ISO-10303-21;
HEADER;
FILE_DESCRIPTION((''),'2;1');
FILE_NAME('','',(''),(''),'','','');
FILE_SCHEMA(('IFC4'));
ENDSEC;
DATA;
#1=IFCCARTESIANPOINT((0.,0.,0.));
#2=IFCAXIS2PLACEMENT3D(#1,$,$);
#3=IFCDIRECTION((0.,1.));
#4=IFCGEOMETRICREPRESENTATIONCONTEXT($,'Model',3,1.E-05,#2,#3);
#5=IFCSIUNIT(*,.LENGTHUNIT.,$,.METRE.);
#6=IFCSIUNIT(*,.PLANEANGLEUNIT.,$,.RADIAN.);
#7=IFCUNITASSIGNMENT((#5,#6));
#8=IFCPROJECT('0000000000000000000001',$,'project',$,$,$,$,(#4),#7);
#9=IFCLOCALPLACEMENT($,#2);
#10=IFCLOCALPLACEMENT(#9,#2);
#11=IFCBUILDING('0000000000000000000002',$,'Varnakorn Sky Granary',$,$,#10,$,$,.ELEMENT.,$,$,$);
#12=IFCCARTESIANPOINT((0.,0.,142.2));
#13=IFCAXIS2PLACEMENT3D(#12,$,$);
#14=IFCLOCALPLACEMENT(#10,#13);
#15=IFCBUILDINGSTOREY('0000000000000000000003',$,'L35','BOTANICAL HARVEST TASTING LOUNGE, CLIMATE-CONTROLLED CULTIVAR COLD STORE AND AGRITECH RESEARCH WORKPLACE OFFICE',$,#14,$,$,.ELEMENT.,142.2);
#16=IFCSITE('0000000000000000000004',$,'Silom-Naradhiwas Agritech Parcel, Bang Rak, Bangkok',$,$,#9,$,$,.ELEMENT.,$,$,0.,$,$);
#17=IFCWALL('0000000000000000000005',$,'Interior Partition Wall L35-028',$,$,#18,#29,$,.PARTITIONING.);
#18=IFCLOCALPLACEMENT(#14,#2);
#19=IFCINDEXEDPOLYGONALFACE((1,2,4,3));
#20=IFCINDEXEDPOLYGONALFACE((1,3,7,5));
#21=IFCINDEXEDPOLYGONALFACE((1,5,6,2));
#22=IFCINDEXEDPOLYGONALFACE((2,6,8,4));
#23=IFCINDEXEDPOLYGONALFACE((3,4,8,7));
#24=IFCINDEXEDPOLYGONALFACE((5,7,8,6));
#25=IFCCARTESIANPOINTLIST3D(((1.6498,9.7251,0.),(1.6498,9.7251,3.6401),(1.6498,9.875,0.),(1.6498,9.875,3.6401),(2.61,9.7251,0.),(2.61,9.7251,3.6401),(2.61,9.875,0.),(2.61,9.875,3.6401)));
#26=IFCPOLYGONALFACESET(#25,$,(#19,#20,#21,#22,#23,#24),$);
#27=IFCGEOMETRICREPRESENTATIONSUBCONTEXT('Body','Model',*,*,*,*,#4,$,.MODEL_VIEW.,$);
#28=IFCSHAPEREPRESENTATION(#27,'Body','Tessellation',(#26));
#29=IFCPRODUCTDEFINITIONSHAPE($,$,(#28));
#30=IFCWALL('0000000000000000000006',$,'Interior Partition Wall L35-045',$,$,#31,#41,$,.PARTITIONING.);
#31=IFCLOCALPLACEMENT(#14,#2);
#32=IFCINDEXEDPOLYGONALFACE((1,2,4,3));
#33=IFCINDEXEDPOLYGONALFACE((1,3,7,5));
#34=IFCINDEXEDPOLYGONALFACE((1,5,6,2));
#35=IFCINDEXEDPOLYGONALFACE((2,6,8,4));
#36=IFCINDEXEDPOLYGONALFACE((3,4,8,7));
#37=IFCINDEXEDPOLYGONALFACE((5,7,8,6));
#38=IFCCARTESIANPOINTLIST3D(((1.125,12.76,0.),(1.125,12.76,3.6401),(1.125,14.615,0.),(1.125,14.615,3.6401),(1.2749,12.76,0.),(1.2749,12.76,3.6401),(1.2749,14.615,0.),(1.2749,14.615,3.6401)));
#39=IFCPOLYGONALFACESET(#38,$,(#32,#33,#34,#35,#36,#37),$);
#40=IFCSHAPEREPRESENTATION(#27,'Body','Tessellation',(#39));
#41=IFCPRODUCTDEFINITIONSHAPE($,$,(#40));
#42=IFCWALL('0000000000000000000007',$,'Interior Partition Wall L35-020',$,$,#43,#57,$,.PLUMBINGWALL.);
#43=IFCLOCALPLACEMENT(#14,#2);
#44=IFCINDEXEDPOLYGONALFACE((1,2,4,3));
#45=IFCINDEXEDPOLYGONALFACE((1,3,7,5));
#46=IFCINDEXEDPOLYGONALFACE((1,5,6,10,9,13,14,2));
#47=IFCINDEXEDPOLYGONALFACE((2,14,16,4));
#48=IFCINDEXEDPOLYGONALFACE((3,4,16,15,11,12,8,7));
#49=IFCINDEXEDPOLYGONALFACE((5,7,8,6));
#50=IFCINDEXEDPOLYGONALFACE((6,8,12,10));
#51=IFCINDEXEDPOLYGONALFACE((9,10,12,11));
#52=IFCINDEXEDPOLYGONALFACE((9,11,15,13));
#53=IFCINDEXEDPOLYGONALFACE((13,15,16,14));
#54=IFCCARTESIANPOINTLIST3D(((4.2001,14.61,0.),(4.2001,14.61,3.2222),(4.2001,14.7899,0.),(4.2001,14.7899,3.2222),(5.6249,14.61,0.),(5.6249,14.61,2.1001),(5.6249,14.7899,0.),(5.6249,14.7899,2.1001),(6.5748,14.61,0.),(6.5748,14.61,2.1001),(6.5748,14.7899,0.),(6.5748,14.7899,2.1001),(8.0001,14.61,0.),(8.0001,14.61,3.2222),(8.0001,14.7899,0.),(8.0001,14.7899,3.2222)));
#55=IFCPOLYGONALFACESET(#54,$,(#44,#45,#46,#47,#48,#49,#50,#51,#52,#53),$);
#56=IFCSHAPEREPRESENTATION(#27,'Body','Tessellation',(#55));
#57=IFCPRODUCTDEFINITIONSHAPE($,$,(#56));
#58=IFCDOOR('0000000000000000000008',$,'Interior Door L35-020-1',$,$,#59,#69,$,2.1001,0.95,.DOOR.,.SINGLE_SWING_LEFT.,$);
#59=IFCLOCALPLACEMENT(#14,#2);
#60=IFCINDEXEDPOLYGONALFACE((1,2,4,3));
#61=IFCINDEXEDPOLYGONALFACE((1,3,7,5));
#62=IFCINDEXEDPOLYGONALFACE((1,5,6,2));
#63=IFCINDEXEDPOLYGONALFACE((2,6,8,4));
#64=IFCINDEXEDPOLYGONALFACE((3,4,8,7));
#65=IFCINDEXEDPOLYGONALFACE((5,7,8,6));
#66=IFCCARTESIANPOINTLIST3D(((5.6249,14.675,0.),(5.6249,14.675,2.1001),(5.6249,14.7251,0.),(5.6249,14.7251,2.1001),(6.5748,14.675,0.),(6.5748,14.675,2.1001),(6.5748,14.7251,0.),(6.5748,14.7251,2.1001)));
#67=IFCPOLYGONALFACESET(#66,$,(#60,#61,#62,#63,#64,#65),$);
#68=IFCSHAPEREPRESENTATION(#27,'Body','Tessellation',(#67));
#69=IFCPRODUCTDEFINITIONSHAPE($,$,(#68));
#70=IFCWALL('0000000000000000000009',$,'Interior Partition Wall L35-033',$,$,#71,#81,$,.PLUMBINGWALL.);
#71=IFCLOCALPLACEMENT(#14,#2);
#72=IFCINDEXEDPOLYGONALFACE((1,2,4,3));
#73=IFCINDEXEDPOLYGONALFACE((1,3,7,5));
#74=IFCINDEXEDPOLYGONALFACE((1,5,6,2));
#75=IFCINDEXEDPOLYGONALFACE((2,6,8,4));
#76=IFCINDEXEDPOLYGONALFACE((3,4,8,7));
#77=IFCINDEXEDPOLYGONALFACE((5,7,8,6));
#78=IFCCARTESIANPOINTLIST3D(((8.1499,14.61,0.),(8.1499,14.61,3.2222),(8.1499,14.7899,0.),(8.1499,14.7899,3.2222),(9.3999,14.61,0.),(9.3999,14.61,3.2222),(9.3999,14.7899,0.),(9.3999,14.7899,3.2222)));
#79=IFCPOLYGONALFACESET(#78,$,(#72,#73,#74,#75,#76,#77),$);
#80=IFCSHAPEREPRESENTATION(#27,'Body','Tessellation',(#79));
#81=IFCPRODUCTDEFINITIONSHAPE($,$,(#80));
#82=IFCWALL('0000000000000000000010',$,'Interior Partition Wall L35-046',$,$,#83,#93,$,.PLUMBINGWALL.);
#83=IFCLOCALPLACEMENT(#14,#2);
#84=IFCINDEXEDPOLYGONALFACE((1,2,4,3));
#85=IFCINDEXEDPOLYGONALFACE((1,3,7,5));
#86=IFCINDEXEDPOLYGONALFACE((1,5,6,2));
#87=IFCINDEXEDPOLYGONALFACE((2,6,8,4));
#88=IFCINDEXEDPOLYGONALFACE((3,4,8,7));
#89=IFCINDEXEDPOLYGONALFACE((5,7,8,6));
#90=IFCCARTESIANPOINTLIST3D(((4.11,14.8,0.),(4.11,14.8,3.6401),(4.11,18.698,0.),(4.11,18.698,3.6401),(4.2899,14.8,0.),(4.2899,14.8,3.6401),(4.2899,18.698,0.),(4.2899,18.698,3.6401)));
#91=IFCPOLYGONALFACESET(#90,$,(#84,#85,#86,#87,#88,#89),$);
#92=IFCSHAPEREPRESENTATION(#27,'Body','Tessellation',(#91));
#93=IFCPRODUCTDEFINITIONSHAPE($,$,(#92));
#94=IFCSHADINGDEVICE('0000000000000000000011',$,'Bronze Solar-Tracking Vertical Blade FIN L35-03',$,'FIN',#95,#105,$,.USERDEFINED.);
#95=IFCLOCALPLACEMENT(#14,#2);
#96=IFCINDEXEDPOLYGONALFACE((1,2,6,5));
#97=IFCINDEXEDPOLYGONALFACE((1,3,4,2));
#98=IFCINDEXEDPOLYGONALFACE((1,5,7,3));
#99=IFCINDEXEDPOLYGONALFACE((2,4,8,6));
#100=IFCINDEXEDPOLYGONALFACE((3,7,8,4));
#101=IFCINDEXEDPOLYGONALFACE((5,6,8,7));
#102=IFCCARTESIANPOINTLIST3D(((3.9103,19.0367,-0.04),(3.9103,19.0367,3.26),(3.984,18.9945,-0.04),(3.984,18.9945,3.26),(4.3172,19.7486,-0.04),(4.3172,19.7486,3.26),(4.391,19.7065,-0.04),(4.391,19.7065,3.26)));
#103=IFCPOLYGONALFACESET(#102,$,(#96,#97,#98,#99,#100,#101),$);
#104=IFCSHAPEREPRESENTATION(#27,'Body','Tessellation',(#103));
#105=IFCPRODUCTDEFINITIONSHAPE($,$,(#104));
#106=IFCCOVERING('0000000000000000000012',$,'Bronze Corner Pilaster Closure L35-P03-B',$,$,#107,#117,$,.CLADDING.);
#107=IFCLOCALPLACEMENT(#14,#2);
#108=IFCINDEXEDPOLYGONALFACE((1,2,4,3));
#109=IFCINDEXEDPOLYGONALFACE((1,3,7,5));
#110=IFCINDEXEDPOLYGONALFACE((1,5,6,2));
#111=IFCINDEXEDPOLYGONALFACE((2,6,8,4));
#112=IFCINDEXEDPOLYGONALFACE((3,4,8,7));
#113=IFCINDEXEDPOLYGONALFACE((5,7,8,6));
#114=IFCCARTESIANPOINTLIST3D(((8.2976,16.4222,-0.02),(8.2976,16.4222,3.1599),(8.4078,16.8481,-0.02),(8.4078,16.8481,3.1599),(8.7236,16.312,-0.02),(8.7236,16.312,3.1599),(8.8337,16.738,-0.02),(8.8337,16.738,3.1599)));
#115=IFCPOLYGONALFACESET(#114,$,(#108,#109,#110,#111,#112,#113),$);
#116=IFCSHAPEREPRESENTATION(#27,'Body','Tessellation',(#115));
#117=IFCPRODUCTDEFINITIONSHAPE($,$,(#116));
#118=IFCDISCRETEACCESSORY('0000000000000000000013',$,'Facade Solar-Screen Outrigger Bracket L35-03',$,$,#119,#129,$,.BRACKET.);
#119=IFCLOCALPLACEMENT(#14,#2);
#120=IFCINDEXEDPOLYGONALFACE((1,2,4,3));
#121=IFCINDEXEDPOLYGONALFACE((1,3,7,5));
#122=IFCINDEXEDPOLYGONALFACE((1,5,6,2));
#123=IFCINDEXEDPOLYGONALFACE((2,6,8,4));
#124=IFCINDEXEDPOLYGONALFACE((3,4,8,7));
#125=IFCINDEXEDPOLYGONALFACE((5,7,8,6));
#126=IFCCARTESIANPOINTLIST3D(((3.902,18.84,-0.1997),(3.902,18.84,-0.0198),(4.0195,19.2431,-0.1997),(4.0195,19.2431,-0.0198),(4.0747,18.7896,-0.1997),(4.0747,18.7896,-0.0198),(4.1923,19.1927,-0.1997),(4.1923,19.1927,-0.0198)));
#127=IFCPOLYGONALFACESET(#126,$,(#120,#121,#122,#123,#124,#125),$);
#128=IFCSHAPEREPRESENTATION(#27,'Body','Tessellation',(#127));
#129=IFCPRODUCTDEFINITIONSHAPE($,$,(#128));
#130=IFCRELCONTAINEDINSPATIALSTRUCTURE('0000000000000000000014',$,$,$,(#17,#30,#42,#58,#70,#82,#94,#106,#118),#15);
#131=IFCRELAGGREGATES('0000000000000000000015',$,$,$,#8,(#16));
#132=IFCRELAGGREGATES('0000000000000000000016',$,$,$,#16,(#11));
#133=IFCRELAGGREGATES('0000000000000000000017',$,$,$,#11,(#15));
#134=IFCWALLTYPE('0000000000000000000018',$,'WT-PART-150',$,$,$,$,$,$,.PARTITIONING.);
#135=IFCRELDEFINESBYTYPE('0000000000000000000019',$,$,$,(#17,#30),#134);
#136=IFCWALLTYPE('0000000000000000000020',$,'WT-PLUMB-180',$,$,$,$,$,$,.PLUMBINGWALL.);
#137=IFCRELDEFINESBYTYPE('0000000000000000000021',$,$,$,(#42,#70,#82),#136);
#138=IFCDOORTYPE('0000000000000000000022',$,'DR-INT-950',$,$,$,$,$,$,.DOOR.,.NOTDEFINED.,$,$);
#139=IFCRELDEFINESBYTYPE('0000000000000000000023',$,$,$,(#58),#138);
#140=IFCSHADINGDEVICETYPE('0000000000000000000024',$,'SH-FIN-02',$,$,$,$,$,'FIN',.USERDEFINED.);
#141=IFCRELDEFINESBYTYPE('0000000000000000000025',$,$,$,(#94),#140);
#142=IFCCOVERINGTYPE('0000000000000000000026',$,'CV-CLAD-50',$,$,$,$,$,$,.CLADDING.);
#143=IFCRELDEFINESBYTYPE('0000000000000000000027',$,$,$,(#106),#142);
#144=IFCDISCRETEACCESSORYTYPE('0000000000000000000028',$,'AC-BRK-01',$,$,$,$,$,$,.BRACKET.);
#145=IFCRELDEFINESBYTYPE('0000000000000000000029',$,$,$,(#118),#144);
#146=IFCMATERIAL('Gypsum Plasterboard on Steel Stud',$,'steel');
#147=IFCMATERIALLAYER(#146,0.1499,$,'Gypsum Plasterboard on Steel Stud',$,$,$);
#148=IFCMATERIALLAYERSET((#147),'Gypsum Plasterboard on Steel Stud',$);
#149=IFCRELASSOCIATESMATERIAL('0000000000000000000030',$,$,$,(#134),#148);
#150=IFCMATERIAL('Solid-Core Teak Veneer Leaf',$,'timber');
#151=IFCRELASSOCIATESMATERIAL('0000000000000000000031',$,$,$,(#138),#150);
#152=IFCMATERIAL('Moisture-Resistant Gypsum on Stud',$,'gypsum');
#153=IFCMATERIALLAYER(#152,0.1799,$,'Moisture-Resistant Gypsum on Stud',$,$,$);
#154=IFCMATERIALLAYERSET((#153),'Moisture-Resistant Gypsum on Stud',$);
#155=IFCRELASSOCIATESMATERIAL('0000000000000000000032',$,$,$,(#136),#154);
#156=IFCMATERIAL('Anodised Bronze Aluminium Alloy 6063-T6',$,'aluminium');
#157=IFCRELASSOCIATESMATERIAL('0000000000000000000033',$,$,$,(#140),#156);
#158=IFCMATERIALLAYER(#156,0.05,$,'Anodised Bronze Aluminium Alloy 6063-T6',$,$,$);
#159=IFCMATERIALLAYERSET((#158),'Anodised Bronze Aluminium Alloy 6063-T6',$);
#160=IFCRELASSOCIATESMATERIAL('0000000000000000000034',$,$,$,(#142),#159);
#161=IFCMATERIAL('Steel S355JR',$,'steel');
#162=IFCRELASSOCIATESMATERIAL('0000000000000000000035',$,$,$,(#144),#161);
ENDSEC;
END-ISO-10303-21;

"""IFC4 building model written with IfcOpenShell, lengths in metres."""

from ifc_helpers import new_model, si_unit, direction, frame, frame_2d, origin, origin_2d, place, context, subcontext, project, spatial, rectangle, extrude, source, transform, mapped, material, layer, layer_set, type_object, type_shapes, element, fill, save


model = new_model("IFC4")

# Units and contexts
model_context = context("Model", 3, precision=1e-05, world=origin(), true_north=direction((0.0, 1.0)))
body_context = subcontext(model_context, "Body", "Model", "MODEL_VIEW")
ifc_project = project(units=[si_unit("LENGTHUNIT", "METRE"), si_unit("PLANEANGLEUNIT", "RADIAN")], contexts=[model_context])

# Site, building, storey
site_placement = place(None, origin())
site = spatial("IfcSite", under=ifc_project, at=site_placement, Name="Silom-Naradhiwas Agritech Parcel, Bang Rak, Bangkok", CompositionType="ELEMENT", RefElevation=0.0)
building_placement = place(site_placement, origin())
building = spatial("IfcBuilding", under=site, at=building_placement, Name="Varnakorn Sky Granary", CompositionType="ELEMENT")
storey_placement = place(building_placement, frame((0.0, 0.0, 142.2)))
storey = spatial("IfcBuildingStorey", under=building, at=storey_placement, Name="L35", Description="BOTANICAL HARVEST TASTING LOUNGE, CLIMATE-CONTROLLED CULTIVAR COLD STORE AND AGRITECH RESEARCH WORKPLACE OFFICE", CompositionType="ELEMENT", Elevation=142.2)

# Shared definitions
ifc_material_1 = material(Name="Steel S355JR", Category="steel")

# Shared definitions
ifc_material_2 = material(Name="Anodised Bronze Aluminium Alloy 6063-T6", Category="aluminium")

# Shared definitions
ifc_material_3 = material(Name="Gypsum Plasterboard on Steel Stud", Category="steel")
ifc_layer_1 = layer(ifc_material_3, 0.1499, Name="Gypsum Plasterboard on Steel Stud")
ifc_layer_set_1 = layer_set([ifc_layer_1], Name="Gypsum Plasterboard on Steel Stud")
wall_type_1 = type_object("IfcWallType", Name="WT-PART-150", PredefinedType="PARTITIONING", material=ifc_layer_set_1)
ifc_material_4 = material(Name="Solid-Core Teak Veneer Leaf", Category="timber")
door_type = type_object("IfcDoorType", Name="DR-INT-950", OperationType="NOTDEFINED", PredefinedType="DOOR", material=ifc_material_4)

# Walls
wall_1_placement = place(storey_placement, frame((1.6499, 9.8, 0.0), z_axis=(0.0, 0.0, 1.0), x_axis=(1.0, 0.0, 0.0)))
element("IfcWall", 1, at=wall_1_placement, inside=storey, type_object=wall_type_1, Name="Interior Partition Wall L35-028", PredefinedType="PARTITIONING", context=body_context, shape_type="SweptSolid", body=[
    extrude(rectangle(XDim=0.9602, YDim=0.1499, at=frame_2d((0.48, 0.0))), origin(), (0.0, 0.0, 1.0), 3.6401),
])
wall_2_placement = place(storey_placement, frame((1.2, 14.615, 0.0), z_axis=(0.0, 0.0, 1.0), x_axis=(0.0, -1.0, 0.0)))
element("IfcWall", 2, at=wall_2_placement, inside=storey, type_object=wall_type_1, Name="Interior Partition Wall L35-045", PredefinedType="PARTITIONING", context=body_context, shape_type="SweptSolid", body=[
    extrude(rectangle(XDim=1.855, YDim=0.1499, at=frame_2d((0.9275, 0.0))), origin(), (0.0, 0.0, 1.0), 3.6401),
])

# Wall, opening, door
ifc_material_5 = material(Name="Moisture-Resistant Gypsum on Stud", Category="gypsum")
ifc_layer_2 = layer(ifc_material_5, 0.1799, Name="Moisture-Resistant Gypsum on Stud")
ifc_layer_set_2 = layer_set([ifc_layer_2], Name="Moisture-Resistant Gypsum on Stud")
wall_type_2 = type_object("IfcWallType", Name="WT-PLUMB-180", PredefinedType="PLUMBINGWALL", material=ifc_layer_set_2)
wall_3_placement = place(storey_placement, frame((8.0, 14.7, 0.0), z_axis=(0.0, 0.0, 1.0), x_axis=(-1.0, 0.0, 0.0)))
wall_3 = element("IfcWall", 3, at=wall_3_placement, inside=storey, type_object=wall_type_2, Name="Interior Partition Wall L35-020", PredefinedType="PLUMBINGWALL", context=body_context, shape_type="SweptSolid", body=[
    extrude(rectangle(XDim=3.8, YDim=0.1799, at=frame_2d((1.8999, 0.0))), origin(), (0.0, 0.0, 1.0), 3.2222),
])
opening_1_placement = place(wall_3_placement, frame((1.425, 0.0, 0.0)))
opening_1 = element("IfcOpeningElement", 4, at=opening_1_placement, cuts=wall_3, PredefinedType="OPENING", context=body_context, shape_type="SweptSolid", body=[
    extrude(rectangle(XDim=0.95, YDim=2.1001, at=frame_2d((0.4751, 1.05))), frame((0.0, 0.1001, 0.0), z_axis=(0.0, -1.0, 0.0), x_axis=(1.0, 0.0, 0.0)), (0.0, 0.0, 1.0), 0.2),
])
door_1_placement = place(opening_1_placement, origin())
door_1 = element("IfcDoor", 5, at=door_1_placement, inside=storey, type_object=door_type, Name="Interior Door L35-020-1", OperationType="SINGLE_SWING_LEFT", OverallHeight=2.1001, OverallWidth=0.95, PredefinedType="DOOR", context=body_context, shape_type="SweptSolid", body=[
    extrude(rectangle(XDim=0.95, YDim=2.1001, at=frame_2d((0.4751, 1.05))), frame((0.0, 0.0249, 0.0), z_axis=(0.0, -1.0, 0.0), x_axis=(1.0, 0.0, 0.0)), (0.0, 0.0, 1.0), 0.05),
])
fill(opening_1, door_1)

# Walls
wall_4_placement = place(storey_placement, frame((9.3999, 14.7, 0.0), z_axis=(0.0, 0.0, 1.0), x_axis=(-1.0, 0.0, 0.0)))
element("IfcWall", 6, at=wall_4_placement, inside=storey, type_object=wall_type_2, Name="Interior Partition Wall L35-033", PredefinedType="PLUMBINGWALL", context=body_context, shape_type="SweptSolid", body=[
    extrude(rectangle(XDim=1.25, YDim=0.1799, at=frame_2d((0.625, 0.0))), origin(), (0.0, 0.0, 1.0), 3.2222),
])
wall_5_placement = place(storey_placement, frame((4.2, 18.698, 0.0), z_axis=(0.0, 0.0, 1.0), x_axis=(0.0, -1.0, 0.0)))
element("IfcWall", 7, at=wall_5_placement, inside=storey, type_object=wall_type_2, Name="Interior Partition Wall L35-046", PredefinedType="PLUMBINGWALL", context=body_context, shape_type="SweptSolid", body=[
    extrude(rectangle(XDim=3.8979, YDim=0.1799, at=frame_2d((1.949, 0.0))), origin(), (0.0, 0.0, 1.0), 3.6401),
])

# Shading device
shading_device_type = type_object("IfcShadingDeviceType", Name="SH-FIN-02", ElementType="FIN", PredefinedType="USERDEFINED", material=ifc_material_2)
shared_shape_1 = source(origin(), body_context, "Body", "SweptSolid", [
    extrude(rectangle(XDim=0.085, YDim=0.8201, at=origin_2d()), origin(), (0.0, 0.0, 1.0), 3.3),
])
type_shapes(shading_device_type, [shared_shape_1])
shading_device_placement = place(storey_placement, frame((4.1506, 19.3716, -0.04), z_axis=(0.0, 0.0, 1.0), x_axis=(-0.868177, 0.496254, 0.0)))
element("IfcShadingDevice", 8, at=shading_device_placement, inside=storey, type_object=shading_device_type, Name="Bronze Solar-Tracking Vertical Blade FIN L35-03", ObjectType="FIN", PredefinedType="USERDEFINED", context=body_context, shape_type="MappedRepresentation", body=[
    mapped(shared_shape_1, transform((0.0, 0.0, 0.0), x_axis=(1.0, 0.0, 0.0), y_axis=(0.0, 1.0, 0.0), z_axis=(0.0, 0.0, 1.0), scale=1.0)),
])

# Covering
ifc_layer_3 = layer(ifc_material_2, 0.05, Name="Anodised Bronze Aluminium Alloy 6063-T6")
ifc_layer_set_3 = layer_set([ifc_layer_3], Name="Anodised Bronze Aluminium Alloy 6063-T6")
covering_type = type_object("IfcCoveringType", Name="CV-CLAD-50", PredefinedType="CLADDING", material=ifc_layer_set_3)
shared_shape_2 = source(origin(), body_context, "Body", "SweptSolid", [
    extrude(rectangle(XDim=0.4399, YDim=0.4399, at=origin_2d()), origin(), (0.0, 0.0, 1.0), 3.1799),
])
type_shapes(covering_type, [shared_shape_2])
covering_placement = place(storey_placement, frame((8.5657, 16.5801, -0.02), z_axis=(0.0, 0.0, 1.0), x_axis=(0.968148, -0.25038, 0.0)))
element("IfcCovering", 9, at=covering_placement, inside=storey, type_object=covering_type, Name="Bronze Corner Pilaster Closure L35-P03-B", PredefinedType="CLADDING", context=body_context, shape_type="MappedRepresentation", body=[
    mapped(shared_shape_2, transform((0.0, 0.0, 0.0), x_axis=(1.0, 0.0, 0.0), y_axis=(0.0, 1.0, 0.0), z_axis=(0.0, 0.0, 1.0), scale=1.0)),
])

# Discrete accessory
discrete_accessory_type = type_object("IfcDiscreteAccessoryType", Name="AC-BRK-01", PredefinedType="BRACKET", material=ifc_material_1)
shared_shape_3 = source(origin(), body_context, "Body", "SweptSolid", [
    extrude(rectangle(XDim=0.1799, YDim=0.4199, at=origin_2d()), origin(), (0.0, 0.0, 1.0), 0.1799),
])
type_shapes(discrete_accessory_type, [shared_shape_3])
discrete_accessory_placement = place(storey_placement, frame((4.0471, 19.0164, -0.1997), z_axis=(0.0, 0.0, 1.0), x_axis=(-0.959992, 0.280026, 0.0)))
element("IfcDiscreteAccessory", 10, at=discrete_accessory_placement, inside=storey, type_object=discrete_accessory_type, Name="Facade Solar-Screen Outrigger Bracket L35-03", PredefinedType="BRACKET", context=body_context, shape_type="MappedRepresentation", body=[
    mapped(shared_shape_3, transform((0.0, 0.0, 0.0), x_axis=(1.0, 0.0, 0.0), y_axis=(0.0, 1.0, 0.0), z_axis=(0.0, 0.0, 1.0), scale=1.0)),
])

save(model, "model.ifc")
